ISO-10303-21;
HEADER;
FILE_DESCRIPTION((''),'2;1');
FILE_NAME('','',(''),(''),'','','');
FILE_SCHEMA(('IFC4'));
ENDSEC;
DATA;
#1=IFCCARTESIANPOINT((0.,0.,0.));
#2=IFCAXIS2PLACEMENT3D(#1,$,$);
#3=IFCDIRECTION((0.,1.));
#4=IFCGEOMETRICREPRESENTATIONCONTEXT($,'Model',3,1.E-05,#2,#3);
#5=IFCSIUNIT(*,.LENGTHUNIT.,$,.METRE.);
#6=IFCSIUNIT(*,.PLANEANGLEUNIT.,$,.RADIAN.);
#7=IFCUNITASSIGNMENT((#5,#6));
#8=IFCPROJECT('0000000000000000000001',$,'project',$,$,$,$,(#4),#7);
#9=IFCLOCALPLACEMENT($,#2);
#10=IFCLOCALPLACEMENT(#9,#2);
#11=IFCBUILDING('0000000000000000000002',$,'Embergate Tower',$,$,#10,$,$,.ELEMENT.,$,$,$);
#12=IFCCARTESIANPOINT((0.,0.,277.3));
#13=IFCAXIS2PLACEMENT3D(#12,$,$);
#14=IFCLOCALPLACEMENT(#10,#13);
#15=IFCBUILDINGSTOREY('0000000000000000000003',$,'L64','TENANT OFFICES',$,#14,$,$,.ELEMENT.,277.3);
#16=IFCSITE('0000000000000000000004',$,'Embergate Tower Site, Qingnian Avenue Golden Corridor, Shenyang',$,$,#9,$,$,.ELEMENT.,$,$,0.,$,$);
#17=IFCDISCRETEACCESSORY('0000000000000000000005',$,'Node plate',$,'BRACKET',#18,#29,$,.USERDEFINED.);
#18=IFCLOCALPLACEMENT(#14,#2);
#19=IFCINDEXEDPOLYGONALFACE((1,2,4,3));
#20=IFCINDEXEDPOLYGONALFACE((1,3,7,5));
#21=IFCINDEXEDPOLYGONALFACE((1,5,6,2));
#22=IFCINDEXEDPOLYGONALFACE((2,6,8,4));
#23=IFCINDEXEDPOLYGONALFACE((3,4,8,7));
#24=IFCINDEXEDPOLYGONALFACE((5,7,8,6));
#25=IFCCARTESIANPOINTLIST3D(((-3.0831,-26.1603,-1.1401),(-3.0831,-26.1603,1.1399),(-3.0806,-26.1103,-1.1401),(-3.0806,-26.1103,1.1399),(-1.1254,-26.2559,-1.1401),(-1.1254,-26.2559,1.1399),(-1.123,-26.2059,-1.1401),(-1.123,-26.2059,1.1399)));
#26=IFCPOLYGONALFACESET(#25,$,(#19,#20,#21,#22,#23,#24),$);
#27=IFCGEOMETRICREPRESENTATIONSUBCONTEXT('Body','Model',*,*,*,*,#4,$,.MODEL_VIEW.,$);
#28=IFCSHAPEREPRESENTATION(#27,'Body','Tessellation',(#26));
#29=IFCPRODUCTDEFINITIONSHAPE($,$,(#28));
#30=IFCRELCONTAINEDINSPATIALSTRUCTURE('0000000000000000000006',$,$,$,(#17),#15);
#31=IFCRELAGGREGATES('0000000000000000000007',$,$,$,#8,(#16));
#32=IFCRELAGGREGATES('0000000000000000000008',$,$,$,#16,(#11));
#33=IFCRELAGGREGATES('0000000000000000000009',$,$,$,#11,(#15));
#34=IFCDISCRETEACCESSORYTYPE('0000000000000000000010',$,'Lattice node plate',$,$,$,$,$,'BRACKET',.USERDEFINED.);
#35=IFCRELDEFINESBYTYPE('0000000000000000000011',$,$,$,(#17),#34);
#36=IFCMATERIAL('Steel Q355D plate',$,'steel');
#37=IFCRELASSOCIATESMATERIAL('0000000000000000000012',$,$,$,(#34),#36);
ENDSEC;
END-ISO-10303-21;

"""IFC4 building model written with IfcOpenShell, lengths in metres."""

from ifc_helpers import new_model, si_unit, direction, frame, origin, origin_2d, place, context, subcontext, project, spatial, rectangle, extrude, source, transform, mapped, material, type_object, element, save


model = new_model("IFC4")

# Units and contexts
model_context = context("Model", 3, precision=1e-05, world=origin(), true_north=direction((0.0, 1.0)))
body_context = subcontext(model_context, "Body", "Model", "MODEL_VIEW")
ifc_project = project(units=[si_unit("LENGTHUNIT", "METRE"), si_unit("PLANEANGLEUNIT", "RADIAN")], contexts=[model_context])

# Site, building, storey
site_placement = place(None, origin())
site = spatial("IfcSite", under=ifc_project, at=site_placement, Name="Embergate Tower Site, Qingnian Avenue Golden Corridor, Shenyang", CompositionType="ELEMENT", RefElevation=0.0)
building_placement = place(site_placement, origin())
building = spatial("IfcBuilding", under=site, at=building_placement, Name="Embergate Tower", CompositionType="ELEMENT")
storey_placement = place(building_placement, frame((0.0, 0.0, 277.3)))
storey = spatial("IfcBuildingStorey", under=building, at=storey_placement, Name="L64", Description="TENANT OFFICES", CompositionType="ELEMENT", Elevation=277.3)

# Discrete accessory
ifc_material_1 = material(Name="Steel Q355D plate", Category="steel")
discrete_accessory_type = type_object("IfcDiscreteAccessoryType", Name="Lattice node plate", ElementType="BRACKET", PredefinedType="USERDEFINED", material=ifc_material_1)
shared_shape_1 = source(origin(), body_context, "Body", "SweptSolid", [
    extrude(rectangle(XDim=1.96, YDim=0.05, at=origin_2d()), origin(), (0.0, 0.0, 1.0), 2.28),
])
discrete_accessory_placement = place(storey_placement, frame((-2.103, -26.1831, -1.1401), z_axis=(0.0, 0.0, 1.0), x_axis=(0.998808, -0.048815, 0.0)))
element("IfcDiscreteAccessory", 1, at=discrete_accessory_placement, inside=storey, type_object=discrete_accessory_type, Name="Node plate", ObjectType="BRACKET", PredefinedType="USERDEFINED", context=body_context, shape_type="MappedRepresentation", body=[
    mapped(shared_shape_1, transform((0.0, 0.0, 0.0))),
])

save(model, "model.ifc")
